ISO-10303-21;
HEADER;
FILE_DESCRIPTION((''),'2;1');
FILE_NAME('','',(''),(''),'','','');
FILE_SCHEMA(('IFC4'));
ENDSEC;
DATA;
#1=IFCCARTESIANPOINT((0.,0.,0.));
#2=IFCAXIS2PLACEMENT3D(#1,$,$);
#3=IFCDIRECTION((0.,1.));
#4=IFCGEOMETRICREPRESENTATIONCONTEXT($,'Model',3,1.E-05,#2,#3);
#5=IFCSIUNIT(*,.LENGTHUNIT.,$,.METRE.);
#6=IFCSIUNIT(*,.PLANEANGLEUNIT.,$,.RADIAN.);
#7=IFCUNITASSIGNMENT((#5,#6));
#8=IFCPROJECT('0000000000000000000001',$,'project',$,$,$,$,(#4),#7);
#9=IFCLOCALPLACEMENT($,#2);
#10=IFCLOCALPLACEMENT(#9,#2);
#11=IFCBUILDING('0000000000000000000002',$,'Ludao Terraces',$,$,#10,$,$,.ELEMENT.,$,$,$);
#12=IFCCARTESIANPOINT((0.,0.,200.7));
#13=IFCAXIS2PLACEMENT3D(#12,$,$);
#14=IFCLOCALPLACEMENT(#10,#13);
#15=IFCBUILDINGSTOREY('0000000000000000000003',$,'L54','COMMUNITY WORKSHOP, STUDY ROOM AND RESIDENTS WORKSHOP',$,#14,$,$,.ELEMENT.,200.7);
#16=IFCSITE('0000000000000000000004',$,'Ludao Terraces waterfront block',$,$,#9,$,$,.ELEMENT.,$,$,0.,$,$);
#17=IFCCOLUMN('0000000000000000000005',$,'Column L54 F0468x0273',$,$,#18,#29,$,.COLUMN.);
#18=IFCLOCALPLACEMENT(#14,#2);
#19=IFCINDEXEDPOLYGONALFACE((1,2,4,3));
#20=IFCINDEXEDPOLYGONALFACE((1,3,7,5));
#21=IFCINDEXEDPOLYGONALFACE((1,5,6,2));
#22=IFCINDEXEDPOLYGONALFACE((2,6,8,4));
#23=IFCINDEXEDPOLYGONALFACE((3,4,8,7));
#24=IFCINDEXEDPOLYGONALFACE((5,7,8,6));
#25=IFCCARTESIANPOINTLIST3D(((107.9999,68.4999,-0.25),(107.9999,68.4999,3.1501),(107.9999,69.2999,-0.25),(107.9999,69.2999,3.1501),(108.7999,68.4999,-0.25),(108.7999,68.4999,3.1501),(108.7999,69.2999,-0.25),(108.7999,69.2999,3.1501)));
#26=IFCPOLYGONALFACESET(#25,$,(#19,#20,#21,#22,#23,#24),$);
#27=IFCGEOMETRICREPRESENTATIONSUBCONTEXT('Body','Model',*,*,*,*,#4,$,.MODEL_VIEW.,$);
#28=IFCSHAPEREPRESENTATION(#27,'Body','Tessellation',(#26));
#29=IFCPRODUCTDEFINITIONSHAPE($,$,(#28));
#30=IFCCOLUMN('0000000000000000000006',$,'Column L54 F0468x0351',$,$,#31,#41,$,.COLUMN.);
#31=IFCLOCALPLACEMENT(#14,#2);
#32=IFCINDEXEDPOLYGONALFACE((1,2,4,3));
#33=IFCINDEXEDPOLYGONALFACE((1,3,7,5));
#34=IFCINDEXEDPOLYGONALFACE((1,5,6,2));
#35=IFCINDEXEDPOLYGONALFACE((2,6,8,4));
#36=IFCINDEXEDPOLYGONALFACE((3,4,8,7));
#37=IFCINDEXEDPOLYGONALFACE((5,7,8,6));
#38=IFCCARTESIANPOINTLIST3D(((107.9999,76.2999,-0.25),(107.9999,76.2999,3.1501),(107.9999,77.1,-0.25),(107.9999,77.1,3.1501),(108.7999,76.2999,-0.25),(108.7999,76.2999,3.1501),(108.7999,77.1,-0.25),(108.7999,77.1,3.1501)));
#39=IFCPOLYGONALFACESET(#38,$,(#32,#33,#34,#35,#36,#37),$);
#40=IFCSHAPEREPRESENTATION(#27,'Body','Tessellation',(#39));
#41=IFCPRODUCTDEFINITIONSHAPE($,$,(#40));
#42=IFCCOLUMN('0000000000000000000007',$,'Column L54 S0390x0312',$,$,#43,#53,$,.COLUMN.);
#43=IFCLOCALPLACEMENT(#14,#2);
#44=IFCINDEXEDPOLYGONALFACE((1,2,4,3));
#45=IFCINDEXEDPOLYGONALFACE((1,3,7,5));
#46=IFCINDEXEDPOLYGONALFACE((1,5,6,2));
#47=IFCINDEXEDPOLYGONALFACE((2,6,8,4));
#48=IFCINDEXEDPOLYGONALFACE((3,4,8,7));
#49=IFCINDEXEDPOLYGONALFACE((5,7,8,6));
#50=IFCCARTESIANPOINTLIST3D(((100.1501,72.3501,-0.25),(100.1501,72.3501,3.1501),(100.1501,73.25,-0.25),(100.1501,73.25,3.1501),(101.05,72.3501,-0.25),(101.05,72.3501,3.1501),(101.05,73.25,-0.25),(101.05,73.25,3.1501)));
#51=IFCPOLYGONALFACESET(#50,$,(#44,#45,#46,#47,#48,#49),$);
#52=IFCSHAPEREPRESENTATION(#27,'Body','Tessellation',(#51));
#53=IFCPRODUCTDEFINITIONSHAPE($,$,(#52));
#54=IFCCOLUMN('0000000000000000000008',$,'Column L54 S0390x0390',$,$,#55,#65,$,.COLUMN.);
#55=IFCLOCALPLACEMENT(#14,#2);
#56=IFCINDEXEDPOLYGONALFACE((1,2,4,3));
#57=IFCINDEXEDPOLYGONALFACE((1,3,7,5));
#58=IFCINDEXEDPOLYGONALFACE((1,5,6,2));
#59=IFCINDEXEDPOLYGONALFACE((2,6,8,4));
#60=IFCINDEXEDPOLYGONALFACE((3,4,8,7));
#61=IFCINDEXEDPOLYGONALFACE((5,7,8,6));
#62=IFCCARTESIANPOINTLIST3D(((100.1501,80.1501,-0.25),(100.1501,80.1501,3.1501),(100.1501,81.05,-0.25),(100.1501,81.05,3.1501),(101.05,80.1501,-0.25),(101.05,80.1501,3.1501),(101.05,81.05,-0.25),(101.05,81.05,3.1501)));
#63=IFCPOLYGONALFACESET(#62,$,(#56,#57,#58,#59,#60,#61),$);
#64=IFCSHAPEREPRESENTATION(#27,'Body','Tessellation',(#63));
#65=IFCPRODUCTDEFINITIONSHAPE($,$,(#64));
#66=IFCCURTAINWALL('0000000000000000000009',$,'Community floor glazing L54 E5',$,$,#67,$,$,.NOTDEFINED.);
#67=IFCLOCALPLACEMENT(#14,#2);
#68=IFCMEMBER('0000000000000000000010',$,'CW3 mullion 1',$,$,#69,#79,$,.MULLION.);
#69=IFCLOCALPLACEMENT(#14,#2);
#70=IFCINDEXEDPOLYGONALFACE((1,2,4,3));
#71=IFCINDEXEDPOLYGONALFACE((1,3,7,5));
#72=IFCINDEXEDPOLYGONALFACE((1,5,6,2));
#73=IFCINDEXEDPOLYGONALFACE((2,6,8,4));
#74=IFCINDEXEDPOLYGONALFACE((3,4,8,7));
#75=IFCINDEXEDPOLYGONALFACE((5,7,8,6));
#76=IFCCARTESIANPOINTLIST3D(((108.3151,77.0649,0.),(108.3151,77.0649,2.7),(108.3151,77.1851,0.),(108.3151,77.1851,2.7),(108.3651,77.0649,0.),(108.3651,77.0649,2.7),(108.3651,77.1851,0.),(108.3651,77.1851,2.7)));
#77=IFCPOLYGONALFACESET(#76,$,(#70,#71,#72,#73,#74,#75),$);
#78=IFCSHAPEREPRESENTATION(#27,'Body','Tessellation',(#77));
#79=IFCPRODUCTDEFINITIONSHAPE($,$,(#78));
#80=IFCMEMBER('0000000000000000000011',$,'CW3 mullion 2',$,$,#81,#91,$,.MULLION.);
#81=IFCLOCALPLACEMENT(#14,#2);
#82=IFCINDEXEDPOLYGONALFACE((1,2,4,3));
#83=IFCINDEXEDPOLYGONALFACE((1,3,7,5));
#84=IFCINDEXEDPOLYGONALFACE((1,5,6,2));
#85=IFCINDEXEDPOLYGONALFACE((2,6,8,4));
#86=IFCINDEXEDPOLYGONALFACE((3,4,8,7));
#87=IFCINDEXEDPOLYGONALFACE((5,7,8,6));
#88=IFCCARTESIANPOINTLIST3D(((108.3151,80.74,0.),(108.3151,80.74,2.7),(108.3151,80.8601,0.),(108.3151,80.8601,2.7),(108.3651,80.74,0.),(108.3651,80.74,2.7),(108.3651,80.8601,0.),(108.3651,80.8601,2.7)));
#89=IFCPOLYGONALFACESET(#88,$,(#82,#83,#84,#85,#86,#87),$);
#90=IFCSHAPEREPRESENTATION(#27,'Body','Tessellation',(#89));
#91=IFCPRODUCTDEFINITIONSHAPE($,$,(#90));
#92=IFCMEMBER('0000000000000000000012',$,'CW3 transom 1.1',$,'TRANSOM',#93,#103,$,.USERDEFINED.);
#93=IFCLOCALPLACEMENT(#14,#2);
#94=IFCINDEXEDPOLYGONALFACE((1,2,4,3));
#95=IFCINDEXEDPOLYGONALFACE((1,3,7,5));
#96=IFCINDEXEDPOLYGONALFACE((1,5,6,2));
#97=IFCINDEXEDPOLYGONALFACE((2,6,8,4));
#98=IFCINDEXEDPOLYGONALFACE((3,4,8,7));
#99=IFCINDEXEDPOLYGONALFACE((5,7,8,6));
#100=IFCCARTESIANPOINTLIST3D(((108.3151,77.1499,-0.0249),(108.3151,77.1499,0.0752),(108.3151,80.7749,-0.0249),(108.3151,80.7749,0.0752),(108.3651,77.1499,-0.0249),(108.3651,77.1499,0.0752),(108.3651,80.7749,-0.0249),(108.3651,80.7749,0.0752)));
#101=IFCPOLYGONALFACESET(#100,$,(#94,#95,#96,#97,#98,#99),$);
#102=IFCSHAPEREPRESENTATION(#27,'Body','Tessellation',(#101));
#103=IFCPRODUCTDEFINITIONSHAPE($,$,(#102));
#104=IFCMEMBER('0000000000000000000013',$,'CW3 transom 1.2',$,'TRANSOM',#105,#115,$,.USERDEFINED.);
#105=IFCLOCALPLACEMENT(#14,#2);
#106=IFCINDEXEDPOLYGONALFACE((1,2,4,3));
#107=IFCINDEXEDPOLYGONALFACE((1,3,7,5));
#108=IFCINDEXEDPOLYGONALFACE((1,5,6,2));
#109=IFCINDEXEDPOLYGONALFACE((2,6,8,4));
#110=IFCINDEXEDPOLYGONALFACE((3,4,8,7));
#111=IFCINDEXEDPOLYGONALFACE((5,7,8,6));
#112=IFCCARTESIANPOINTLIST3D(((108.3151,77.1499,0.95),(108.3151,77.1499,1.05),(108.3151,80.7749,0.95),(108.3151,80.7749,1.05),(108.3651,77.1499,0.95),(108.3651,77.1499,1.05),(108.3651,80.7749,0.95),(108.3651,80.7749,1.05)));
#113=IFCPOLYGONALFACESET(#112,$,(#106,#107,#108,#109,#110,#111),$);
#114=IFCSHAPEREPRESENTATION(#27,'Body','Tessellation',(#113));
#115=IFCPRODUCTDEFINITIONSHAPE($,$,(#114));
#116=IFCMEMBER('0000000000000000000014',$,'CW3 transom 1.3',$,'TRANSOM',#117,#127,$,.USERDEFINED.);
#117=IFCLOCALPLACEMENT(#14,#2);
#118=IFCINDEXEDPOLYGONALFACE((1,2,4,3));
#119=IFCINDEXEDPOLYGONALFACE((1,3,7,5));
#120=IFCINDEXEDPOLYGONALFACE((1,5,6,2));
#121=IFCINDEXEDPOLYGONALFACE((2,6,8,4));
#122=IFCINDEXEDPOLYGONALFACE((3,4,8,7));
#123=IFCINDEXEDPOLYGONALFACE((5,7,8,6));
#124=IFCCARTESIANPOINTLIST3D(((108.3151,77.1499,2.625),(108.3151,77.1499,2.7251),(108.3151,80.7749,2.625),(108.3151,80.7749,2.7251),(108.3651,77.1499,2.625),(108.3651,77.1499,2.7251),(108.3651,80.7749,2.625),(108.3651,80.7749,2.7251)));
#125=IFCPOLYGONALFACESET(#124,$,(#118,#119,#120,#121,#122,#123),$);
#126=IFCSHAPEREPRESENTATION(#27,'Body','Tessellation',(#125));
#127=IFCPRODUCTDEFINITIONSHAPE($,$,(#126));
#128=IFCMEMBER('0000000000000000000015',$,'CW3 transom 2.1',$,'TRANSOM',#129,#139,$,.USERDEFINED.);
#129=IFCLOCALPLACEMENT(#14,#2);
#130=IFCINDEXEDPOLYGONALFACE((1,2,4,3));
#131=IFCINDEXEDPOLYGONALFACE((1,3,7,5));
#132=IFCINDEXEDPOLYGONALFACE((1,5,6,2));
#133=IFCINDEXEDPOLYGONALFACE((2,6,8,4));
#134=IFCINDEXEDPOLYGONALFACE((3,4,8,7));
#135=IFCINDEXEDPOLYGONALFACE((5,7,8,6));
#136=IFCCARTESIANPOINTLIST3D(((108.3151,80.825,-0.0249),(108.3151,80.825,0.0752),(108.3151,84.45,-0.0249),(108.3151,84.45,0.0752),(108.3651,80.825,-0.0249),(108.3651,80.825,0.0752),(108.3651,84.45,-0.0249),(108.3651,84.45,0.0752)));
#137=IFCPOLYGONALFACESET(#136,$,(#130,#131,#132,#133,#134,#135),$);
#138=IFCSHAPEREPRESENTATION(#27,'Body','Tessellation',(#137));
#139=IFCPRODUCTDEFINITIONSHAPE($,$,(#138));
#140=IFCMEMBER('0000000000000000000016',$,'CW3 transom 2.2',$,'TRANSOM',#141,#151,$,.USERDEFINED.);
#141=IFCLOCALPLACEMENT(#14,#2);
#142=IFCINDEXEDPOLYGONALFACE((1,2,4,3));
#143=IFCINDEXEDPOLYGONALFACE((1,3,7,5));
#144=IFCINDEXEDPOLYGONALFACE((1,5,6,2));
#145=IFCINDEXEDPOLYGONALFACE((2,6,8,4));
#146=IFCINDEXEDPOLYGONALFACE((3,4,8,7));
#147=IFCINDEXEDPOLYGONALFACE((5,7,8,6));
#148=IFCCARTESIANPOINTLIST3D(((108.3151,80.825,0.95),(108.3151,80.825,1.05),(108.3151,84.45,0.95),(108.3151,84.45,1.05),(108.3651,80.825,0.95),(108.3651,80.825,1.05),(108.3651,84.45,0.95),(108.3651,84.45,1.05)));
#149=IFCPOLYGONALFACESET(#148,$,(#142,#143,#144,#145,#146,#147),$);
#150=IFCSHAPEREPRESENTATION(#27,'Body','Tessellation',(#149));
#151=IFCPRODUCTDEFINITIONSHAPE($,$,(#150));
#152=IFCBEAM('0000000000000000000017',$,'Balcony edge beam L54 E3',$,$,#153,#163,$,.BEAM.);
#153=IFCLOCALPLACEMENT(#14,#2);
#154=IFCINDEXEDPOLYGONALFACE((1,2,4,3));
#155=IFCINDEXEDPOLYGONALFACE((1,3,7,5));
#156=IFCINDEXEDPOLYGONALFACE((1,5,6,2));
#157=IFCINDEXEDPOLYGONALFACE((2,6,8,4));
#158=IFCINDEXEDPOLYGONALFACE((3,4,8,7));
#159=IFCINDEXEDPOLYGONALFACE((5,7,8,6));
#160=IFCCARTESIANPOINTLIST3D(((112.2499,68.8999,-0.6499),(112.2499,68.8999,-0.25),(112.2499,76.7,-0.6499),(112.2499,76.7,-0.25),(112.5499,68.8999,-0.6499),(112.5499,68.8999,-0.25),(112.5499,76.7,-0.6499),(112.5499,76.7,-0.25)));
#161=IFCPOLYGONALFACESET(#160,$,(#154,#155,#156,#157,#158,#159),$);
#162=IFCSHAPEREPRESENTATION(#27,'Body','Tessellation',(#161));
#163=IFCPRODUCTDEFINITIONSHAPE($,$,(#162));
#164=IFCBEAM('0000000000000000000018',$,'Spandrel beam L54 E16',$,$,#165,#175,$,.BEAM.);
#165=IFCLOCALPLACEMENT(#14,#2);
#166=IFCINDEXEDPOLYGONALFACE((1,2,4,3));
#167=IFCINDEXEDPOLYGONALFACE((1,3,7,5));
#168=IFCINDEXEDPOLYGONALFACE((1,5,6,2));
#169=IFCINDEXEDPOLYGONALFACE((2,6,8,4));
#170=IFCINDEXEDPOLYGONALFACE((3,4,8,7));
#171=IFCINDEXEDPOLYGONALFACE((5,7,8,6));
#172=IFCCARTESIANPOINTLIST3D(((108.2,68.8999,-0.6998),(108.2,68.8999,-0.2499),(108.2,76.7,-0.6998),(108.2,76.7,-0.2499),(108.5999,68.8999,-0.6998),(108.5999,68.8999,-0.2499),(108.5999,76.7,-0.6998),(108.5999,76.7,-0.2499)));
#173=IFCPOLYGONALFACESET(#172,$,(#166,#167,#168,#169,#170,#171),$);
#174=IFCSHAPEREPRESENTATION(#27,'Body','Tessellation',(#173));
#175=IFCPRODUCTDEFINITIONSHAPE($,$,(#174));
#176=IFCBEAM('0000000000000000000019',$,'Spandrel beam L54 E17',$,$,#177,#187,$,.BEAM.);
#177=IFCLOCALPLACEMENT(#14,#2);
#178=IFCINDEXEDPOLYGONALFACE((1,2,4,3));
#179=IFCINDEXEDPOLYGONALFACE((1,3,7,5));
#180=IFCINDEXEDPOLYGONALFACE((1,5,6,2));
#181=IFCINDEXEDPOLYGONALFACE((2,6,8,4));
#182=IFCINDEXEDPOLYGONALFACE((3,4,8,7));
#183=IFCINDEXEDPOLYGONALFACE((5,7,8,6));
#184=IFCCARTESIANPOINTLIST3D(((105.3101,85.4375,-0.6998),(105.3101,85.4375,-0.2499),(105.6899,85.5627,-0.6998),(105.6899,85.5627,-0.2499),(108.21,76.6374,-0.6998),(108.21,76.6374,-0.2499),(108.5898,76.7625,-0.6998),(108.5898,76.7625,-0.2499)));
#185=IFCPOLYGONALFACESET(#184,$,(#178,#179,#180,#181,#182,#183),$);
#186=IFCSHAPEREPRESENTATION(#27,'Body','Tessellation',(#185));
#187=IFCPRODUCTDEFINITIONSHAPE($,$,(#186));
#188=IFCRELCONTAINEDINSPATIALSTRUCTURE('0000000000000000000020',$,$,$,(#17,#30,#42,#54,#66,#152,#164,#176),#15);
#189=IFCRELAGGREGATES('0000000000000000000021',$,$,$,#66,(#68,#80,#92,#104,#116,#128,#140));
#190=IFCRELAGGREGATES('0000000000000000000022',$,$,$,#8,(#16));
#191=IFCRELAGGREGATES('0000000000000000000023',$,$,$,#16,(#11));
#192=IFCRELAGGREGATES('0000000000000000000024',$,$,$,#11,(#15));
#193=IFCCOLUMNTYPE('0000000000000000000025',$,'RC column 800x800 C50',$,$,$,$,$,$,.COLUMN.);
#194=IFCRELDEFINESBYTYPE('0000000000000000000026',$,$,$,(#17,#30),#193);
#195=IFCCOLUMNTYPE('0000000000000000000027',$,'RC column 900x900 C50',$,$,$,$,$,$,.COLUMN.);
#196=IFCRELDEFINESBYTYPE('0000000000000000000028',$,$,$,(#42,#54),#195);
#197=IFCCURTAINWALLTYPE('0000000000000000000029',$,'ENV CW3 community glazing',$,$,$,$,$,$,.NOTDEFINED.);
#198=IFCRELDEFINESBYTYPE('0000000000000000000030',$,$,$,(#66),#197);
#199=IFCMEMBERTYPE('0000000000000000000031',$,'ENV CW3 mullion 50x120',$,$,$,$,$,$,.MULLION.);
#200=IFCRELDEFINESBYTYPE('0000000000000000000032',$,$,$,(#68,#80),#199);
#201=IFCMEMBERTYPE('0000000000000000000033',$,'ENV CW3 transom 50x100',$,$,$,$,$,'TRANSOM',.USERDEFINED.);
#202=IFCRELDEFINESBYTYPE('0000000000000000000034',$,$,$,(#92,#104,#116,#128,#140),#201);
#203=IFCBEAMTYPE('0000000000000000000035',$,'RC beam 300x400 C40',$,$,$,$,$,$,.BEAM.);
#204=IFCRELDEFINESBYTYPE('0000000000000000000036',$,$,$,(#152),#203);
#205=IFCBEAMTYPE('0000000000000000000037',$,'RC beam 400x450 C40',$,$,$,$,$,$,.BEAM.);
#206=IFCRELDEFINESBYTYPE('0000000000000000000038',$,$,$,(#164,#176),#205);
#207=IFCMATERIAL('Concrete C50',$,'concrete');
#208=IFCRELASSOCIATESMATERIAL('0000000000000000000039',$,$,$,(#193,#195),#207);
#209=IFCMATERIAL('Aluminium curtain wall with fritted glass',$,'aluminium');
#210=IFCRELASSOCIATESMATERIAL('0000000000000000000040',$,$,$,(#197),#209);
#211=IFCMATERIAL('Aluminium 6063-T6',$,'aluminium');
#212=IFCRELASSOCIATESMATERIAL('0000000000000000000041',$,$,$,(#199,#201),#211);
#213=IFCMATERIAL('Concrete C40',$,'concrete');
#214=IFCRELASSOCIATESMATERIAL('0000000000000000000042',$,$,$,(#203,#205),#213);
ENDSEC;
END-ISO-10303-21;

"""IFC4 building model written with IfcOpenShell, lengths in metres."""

from ifc_helpers import new_model, si_unit, direction, frame, origin, origin_2d, place, context, subcontext, project, spatial, rectangle, extrude, material, material_profile, profile_set, type_object, element, aggregate, save


model = new_model("IFC4")

# Units and contexts
model_context = context("Model", 3, precision=1e-05, world=origin(), true_north=direction((0.0, 1.0)))
body_context = subcontext(model_context, "Body", "Model", "MODEL_VIEW")
ifc_project = project(units=[si_unit("LENGTHUNIT", "METRE"), si_unit("PLANEANGLEUNIT", "RADIAN")], contexts=[model_context])

# Site, building, storey
site_placement = place(None, origin())
site = spatial("IfcSite", under=ifc_project, at=site_placement, Name="Ludao Terraces waterfront block", CompositionType="ELEMENT", RefElevation=0.0)
building_placement = place(site_placement, origin())
building = spatial("IfcBuilding", under=site, at=building_placement, Name="Ludao Terraces", CompositionType="ELEMENT")
storey_placement = place(building_placement, frame((0.0, 0.0, 200.7)))
storey = spatial("IfcBuildingStorey", under=building, at=storey_placement, Name="L54", Description="COMMUNITY WORKSHOP, STUDY ROOM AND RESIDENTS WORKSHOP", CompositionType="ELEMENT", Elevation=200.7)

# Columns
ifc_material_1 = material(Name="Concrete C50", Category="concrete")
ifc_material_profile_1 = material_profile(ifc_material_1, rectangle(XDim=0.8, YDim=0.8, at=origin_2d()), Name="800 X 800")
ifc_profile_set_1 = profile_set([ifc_material_profile_1], Name="Concrete C50")
column_type_1 = type_object("IfcColumnType", Name="RC column 800x800 C50", PredefinedType="COLUMN", material=ifc_profile_set_1)
for number, where, z_axis, x_axis, name in (
    (1, (108.3999, 68.8999, -0.25), (0.0, 0.0, 1.0), (1.0, 0.0, 0.0), "Column L54 F0468x0273"),
    (2, (108.3999, 76.7, -0.25), (0.0, 0.0, 1.0), (1.0, 0.0, 0.0), "Column L54 F0468x0351"),
):
    element("IfcColumn", number, at=place(storey_placement, frame(where, z_axis=z_axis, x_axis=x_axis)), inside=storey, type_object=column_type_1, Name=name, PredefinedType="COLUMN", context=body_context, shape_type="SweptSolid", body=[
        extrude(rectangle(XDim=0.8, YDim=0.8, at=origin_2d()), origin(), (0.0, 0.0, 1.0), 3.4001),
    ])
ifc_material_profile_2 = material_profile(ifc_material_1, rectangle(XDim=0.8999, YDim=0.8999, at=origin_2d()), Name="900 X 900")
ifc_profile_set_2 = profile_set([ifc_material_profile_2], Name="Concrete C50")
column_type_2 = type_object("IfcColumnType", Name="RC column 900x900 C50", PredefinedType="COLUMN", material=ifc_profile_set_2)
for number, where, z_axis, x_axis, name in (
    (3, (100.6001, 72.8, -0.25), (0.0, 0.0, 1.0), (1.0, 0.0, 0.0), "Column L54 S0390x0312"),
    (4, (100.6001, 80.6001, -0.25), (0.0, 0.0, 1.0), (1.0, 0.0, 0.0), "Column L54 S0390x0390"),
):
    element("IfcColumn", number, at=place(storey_placement, frame(where, z_axis=z_axis, x_axis=x_axis)), inside=storey, type_object=column_type_2, Name=name, PredefinedType="COLUMN", context=body_context, shape_type="SweptSolid", body=[
        extrude(rectangle(XDim=0.8999, YDim=0.8999, at=origin_2d()), origin(), (0.0, 0.0, 1.0), 3.4001),
    ])

# Curtain wall, members
ifc_material_2 = material(Name="Aluminium curtain wall with fritted glass", Category="aluminium")
curtain_wall_type = type_object("IfcCurtainWallType", Name="ENV CW3 community glazing", PredefinedType="NOTDEFINED", material=ifc_material_2)
curtain_wall_placement = place(storey_placement, origin())
curtain_wall = element("IfcCurtainWall", 5, at=curtain_wall_placement, inside=storey, type_object=curtain_wall_type, Name="Community floor glazing L54 E5", PredefinedType="NOTDEFINED")
ifc_material_3 = material(Name="Aluminium 6063-T6", Category="aluminium")
ifc_material_profile_3 = material_profile(ifc_material_3, rectangle(XDim=0.05, YDim=0.1201, at=origin_2d()), Name="50 X 120")
ifc_profile_set_3 = profile_set([ifc_material_profile_3], Name="Aluminium 6063-T6")
member_type_1 = type_object("IfcMemberType", Name="ENV CW3 mullion 50x120", PredefinedType="MULLION", material=ifc_profile_set_3)
member_1_placement = place(storey_placement, frame((108.3401, 77.125, 0.0), z_axis=(0.0, 0.0, 1.0), x_axis=(-1.0, 0.0, 0.0)))
member_1 = element("IfcMember", 6, at=member_1_placement, type_object=member_type_1, Name="CW3 mullion 1", PredefinedType="MULLION", context=body_context, shape_type="SweptSolid", body=[
    extrude(rectangle(XDim=0.05, YDim=0.1201, at=origin_2d()), origin(), (0.0, 0.0, 1.0), 2.7),
])
member_2_placement = place(storey_placement, frame((108.3401, 80.8, 0.0), z_axis=(0.0, 0.0, 1.0), x_axis=(-1.0, 0.0, 0.0)))
member_2 = element("IfcMember", 7, at=member_2_placement, type_object=member_type_1, Name="CW3 mullion 2", PredefinedType="MULLION", context=body_context, shape_type="SweptSolid", body=[
    extrude(rectangle(XDim=0.05, YDim=0.1201, at=origin_2d()), origin(), (0.0, 0.0, 1.0), 2.7),
])
ifc_material_profile_4 = material_profile(ifc_material_3, rectangle(XDim=0.05, YDim=0.1001, at=origin_2d()), Name="50 X 100")
ifc_profile_set_4 = profile_set([ifc_material_profile_4], Name="Aluminium 6063-T6")
member_type_2 = type_object("IfcMemberType", Name="ENV CW3 transom 50x100", ElementType="TRANSOM", PredefinedType="USERDEFINED", material=ifc_profile_set_4)
member_3_placement = place(storey_placement, frame((108.3401, 77.1499, 0.0251), z_axis=(0.0, 1.0, 0.0), x_axis=(-1.0, 0.0, 0.0)))
member_3 = element("IfcMember", 8, at=member_3_placement, type_object=member_type_2, Name="CW3 transom 1.1", ObjectType="TRANSOM", PredefinedType="USERDEFINED", context=body_context, shape_type="SweptSolid", body=[
    extrude(rectangle(XDim=0.05, YDim=0.1001, at=origin_2d()), origin(), (0.0, 0.0, 1.0), 3.625),
])
member_4_placement = place(storey_placement, frame((108.3401, 77.1499, 1.0), z_axis=(0.0, 1.0, 0.0), x_axis=(-1.0, 0.0, 0.0)))
member_4 = element("IfcMember", 9, at=member_4_placement, type_object=member_type_2, Name="CW3 transom 1.2", ObjectType="TRANSOM", PredefinedType="USERDEFINED", context=body_context, shape_type="SweptSolid", body=[
    extrude(rectangle(XDim=0.05, YDim=0.1001, at=origin_2d()), origin(), (0.0, 0.0, 1.0), 3.625),
])
member_5_placement = place(storey_placement, frame((108.3401, 77.1499, 2.675), z_axis=(0.0, 1.0, 0.0), x_axis=(-1.0, 0.0, 0.0)))
member_5 = element("IfcMember", 10, at=member_5_placement, type_object=member_type_2, Name="CW3 transom 1.3", ObjectType="TRANSOM", PredefinedType="USERDEFINED", context=body_context, shape_type="SweptSolid", body=[
    extrude(rectangle(XDim=0.05, YDim=0.1001, at=origin_2d()), origin(), (0.0, 0.0, 1.0), 3.625),
])
member_6_placement = place(storey_placement, frame((108.3401, 80.825, 0.0251), z_axis=(0.0, 1.0, 0.0), x_axis=(-1.0, 0.0, 0.0)))
member_6 = element("IfcMember", 11, at=member_6_placement, type_object=member_type_2, Name="CW3 transom 2.1", ObjectType="TRANSOM", PredefinedType="USERDEFINED", context=body_context, shape_type="SweptSolid", body=[
    extrude(rectangle(XDim=0.05, YDim=0.1001, at=origin_2d()), origin(), (0.0, 0.0, 1.0), 3.625),
])
member_7_placement = place(storey_placement, frame((108.3401, 80.825, 1.0), z_axis=(0.0, 1.0, 0.0), x_axis=(-1.0, 0.0, 0.0)))
member_7 = element("IfcMember", 12, at=member_7_placement, type_object=member_type_2, Name="CW3 transom 2.2", ObjectType="TRANSOM", PredefinedType="USERDEFINED", context=body_context, shape_type="SweptSolid", body=[
    extrude(rectangle(XDim=0.05, YDim=0.1001, at=origin_2d()), origin(), (0.0, 0.0, 1.0), 3.625),
])

# Beams
ifc_material_4 = material(Name="Concrete C40", Category="concrete")
ifc_material_profile_5 = material_profile(ifc_material_4, rectangle(XDim=0.3, YDim=0.3999, at=origin_2d()), Name="300 X 400")
ifc_profile_set_5 = profile_set([ifc_material_profile_5], Name="Concrete C40")
beam_type_1 = type_object("IfcBeamType", Name="RC beam 300x400 C40", PredefinedType="BEAM", material=ifc_profile_set_5)
beam_1_placement = place(storey_placement, frame((112.3999, 68.8999, -0.45), z_axis=(0.0, 1.0, 0.0), x_axis=(-1.0, 0.0, 0.0)))
element("IfcBeam", 13, at=beam_1_placement, inside=storey, type_object=beam_type_1, Name="Balcony edge beam L54 E3", PredefinedType="BEAM", context=body_context, shape_type="SweptSolid", body=[
    extrude(rectangle(XDim=0.3, YDim=0.3999, at=origin_2d()), origin(), (0.0, 0.0, 1.0), 7.8),
])
ifc_material_profile_6 = material_profile(ifc_material_4, rectangle(XDim=0.3999, YDim=0.45, at=origin_2d()), Name="400 X 450")
ifc_profile_set_6 = profile_set([ifc_material_profile_6], Name="Concrete C40")
beam_type_2 = type_object("IfcBeamType", Name="RC beam 400x450 C40", PredefinedType="BEAM", material=ifc_profile_set_6)
beam_2_placement = place(storey_placement, frame((108.3999, 68.8999, -0.4749), z_axis=(0.0, 1.0, 0.0), x_axis=(-1.0, 0.0, 0.0)))
element("IfcBeam", 14, at=beam_2_placement, inside=storey, type_object=beam_type_2, Name="Spandrel beam L54 E16", PredefinedType="BEAM", context=body_context, shape_type="SweptSolid", body=[
    extrude(rectangle(XDim=0.3999, YDim=0.45, at=origin_2d()), origin(), (0.0, 0.0, 1.0), 7.8),
])
beam_3_placement = place(storey_placement, frame((108.3999, 76.7, -0.4749), z_axis=(-0.312977, 0.949761, 0.0), x_axis=(-0.949761, -0.312977, 0.0)))
element("IfcBeam", 15, at=beam_3_placement, inside=storey, type_object=beam_type_2, Name="Spandrel beam L54 E17", PredefinedType="BEAM", context=body_context, shape_type="SweptSolid", body=[
    extrude(rectangle(XDim=0.3999, YDim=0.45, at=origin_2d()), origin(), (0.0, 0.0, 1.0), 9.2656),
])

aggregate(curtain_wall, [member_1, member_2, member_3, member_4, member_5, member_6, member_7])

save(model, "model.ifc")
